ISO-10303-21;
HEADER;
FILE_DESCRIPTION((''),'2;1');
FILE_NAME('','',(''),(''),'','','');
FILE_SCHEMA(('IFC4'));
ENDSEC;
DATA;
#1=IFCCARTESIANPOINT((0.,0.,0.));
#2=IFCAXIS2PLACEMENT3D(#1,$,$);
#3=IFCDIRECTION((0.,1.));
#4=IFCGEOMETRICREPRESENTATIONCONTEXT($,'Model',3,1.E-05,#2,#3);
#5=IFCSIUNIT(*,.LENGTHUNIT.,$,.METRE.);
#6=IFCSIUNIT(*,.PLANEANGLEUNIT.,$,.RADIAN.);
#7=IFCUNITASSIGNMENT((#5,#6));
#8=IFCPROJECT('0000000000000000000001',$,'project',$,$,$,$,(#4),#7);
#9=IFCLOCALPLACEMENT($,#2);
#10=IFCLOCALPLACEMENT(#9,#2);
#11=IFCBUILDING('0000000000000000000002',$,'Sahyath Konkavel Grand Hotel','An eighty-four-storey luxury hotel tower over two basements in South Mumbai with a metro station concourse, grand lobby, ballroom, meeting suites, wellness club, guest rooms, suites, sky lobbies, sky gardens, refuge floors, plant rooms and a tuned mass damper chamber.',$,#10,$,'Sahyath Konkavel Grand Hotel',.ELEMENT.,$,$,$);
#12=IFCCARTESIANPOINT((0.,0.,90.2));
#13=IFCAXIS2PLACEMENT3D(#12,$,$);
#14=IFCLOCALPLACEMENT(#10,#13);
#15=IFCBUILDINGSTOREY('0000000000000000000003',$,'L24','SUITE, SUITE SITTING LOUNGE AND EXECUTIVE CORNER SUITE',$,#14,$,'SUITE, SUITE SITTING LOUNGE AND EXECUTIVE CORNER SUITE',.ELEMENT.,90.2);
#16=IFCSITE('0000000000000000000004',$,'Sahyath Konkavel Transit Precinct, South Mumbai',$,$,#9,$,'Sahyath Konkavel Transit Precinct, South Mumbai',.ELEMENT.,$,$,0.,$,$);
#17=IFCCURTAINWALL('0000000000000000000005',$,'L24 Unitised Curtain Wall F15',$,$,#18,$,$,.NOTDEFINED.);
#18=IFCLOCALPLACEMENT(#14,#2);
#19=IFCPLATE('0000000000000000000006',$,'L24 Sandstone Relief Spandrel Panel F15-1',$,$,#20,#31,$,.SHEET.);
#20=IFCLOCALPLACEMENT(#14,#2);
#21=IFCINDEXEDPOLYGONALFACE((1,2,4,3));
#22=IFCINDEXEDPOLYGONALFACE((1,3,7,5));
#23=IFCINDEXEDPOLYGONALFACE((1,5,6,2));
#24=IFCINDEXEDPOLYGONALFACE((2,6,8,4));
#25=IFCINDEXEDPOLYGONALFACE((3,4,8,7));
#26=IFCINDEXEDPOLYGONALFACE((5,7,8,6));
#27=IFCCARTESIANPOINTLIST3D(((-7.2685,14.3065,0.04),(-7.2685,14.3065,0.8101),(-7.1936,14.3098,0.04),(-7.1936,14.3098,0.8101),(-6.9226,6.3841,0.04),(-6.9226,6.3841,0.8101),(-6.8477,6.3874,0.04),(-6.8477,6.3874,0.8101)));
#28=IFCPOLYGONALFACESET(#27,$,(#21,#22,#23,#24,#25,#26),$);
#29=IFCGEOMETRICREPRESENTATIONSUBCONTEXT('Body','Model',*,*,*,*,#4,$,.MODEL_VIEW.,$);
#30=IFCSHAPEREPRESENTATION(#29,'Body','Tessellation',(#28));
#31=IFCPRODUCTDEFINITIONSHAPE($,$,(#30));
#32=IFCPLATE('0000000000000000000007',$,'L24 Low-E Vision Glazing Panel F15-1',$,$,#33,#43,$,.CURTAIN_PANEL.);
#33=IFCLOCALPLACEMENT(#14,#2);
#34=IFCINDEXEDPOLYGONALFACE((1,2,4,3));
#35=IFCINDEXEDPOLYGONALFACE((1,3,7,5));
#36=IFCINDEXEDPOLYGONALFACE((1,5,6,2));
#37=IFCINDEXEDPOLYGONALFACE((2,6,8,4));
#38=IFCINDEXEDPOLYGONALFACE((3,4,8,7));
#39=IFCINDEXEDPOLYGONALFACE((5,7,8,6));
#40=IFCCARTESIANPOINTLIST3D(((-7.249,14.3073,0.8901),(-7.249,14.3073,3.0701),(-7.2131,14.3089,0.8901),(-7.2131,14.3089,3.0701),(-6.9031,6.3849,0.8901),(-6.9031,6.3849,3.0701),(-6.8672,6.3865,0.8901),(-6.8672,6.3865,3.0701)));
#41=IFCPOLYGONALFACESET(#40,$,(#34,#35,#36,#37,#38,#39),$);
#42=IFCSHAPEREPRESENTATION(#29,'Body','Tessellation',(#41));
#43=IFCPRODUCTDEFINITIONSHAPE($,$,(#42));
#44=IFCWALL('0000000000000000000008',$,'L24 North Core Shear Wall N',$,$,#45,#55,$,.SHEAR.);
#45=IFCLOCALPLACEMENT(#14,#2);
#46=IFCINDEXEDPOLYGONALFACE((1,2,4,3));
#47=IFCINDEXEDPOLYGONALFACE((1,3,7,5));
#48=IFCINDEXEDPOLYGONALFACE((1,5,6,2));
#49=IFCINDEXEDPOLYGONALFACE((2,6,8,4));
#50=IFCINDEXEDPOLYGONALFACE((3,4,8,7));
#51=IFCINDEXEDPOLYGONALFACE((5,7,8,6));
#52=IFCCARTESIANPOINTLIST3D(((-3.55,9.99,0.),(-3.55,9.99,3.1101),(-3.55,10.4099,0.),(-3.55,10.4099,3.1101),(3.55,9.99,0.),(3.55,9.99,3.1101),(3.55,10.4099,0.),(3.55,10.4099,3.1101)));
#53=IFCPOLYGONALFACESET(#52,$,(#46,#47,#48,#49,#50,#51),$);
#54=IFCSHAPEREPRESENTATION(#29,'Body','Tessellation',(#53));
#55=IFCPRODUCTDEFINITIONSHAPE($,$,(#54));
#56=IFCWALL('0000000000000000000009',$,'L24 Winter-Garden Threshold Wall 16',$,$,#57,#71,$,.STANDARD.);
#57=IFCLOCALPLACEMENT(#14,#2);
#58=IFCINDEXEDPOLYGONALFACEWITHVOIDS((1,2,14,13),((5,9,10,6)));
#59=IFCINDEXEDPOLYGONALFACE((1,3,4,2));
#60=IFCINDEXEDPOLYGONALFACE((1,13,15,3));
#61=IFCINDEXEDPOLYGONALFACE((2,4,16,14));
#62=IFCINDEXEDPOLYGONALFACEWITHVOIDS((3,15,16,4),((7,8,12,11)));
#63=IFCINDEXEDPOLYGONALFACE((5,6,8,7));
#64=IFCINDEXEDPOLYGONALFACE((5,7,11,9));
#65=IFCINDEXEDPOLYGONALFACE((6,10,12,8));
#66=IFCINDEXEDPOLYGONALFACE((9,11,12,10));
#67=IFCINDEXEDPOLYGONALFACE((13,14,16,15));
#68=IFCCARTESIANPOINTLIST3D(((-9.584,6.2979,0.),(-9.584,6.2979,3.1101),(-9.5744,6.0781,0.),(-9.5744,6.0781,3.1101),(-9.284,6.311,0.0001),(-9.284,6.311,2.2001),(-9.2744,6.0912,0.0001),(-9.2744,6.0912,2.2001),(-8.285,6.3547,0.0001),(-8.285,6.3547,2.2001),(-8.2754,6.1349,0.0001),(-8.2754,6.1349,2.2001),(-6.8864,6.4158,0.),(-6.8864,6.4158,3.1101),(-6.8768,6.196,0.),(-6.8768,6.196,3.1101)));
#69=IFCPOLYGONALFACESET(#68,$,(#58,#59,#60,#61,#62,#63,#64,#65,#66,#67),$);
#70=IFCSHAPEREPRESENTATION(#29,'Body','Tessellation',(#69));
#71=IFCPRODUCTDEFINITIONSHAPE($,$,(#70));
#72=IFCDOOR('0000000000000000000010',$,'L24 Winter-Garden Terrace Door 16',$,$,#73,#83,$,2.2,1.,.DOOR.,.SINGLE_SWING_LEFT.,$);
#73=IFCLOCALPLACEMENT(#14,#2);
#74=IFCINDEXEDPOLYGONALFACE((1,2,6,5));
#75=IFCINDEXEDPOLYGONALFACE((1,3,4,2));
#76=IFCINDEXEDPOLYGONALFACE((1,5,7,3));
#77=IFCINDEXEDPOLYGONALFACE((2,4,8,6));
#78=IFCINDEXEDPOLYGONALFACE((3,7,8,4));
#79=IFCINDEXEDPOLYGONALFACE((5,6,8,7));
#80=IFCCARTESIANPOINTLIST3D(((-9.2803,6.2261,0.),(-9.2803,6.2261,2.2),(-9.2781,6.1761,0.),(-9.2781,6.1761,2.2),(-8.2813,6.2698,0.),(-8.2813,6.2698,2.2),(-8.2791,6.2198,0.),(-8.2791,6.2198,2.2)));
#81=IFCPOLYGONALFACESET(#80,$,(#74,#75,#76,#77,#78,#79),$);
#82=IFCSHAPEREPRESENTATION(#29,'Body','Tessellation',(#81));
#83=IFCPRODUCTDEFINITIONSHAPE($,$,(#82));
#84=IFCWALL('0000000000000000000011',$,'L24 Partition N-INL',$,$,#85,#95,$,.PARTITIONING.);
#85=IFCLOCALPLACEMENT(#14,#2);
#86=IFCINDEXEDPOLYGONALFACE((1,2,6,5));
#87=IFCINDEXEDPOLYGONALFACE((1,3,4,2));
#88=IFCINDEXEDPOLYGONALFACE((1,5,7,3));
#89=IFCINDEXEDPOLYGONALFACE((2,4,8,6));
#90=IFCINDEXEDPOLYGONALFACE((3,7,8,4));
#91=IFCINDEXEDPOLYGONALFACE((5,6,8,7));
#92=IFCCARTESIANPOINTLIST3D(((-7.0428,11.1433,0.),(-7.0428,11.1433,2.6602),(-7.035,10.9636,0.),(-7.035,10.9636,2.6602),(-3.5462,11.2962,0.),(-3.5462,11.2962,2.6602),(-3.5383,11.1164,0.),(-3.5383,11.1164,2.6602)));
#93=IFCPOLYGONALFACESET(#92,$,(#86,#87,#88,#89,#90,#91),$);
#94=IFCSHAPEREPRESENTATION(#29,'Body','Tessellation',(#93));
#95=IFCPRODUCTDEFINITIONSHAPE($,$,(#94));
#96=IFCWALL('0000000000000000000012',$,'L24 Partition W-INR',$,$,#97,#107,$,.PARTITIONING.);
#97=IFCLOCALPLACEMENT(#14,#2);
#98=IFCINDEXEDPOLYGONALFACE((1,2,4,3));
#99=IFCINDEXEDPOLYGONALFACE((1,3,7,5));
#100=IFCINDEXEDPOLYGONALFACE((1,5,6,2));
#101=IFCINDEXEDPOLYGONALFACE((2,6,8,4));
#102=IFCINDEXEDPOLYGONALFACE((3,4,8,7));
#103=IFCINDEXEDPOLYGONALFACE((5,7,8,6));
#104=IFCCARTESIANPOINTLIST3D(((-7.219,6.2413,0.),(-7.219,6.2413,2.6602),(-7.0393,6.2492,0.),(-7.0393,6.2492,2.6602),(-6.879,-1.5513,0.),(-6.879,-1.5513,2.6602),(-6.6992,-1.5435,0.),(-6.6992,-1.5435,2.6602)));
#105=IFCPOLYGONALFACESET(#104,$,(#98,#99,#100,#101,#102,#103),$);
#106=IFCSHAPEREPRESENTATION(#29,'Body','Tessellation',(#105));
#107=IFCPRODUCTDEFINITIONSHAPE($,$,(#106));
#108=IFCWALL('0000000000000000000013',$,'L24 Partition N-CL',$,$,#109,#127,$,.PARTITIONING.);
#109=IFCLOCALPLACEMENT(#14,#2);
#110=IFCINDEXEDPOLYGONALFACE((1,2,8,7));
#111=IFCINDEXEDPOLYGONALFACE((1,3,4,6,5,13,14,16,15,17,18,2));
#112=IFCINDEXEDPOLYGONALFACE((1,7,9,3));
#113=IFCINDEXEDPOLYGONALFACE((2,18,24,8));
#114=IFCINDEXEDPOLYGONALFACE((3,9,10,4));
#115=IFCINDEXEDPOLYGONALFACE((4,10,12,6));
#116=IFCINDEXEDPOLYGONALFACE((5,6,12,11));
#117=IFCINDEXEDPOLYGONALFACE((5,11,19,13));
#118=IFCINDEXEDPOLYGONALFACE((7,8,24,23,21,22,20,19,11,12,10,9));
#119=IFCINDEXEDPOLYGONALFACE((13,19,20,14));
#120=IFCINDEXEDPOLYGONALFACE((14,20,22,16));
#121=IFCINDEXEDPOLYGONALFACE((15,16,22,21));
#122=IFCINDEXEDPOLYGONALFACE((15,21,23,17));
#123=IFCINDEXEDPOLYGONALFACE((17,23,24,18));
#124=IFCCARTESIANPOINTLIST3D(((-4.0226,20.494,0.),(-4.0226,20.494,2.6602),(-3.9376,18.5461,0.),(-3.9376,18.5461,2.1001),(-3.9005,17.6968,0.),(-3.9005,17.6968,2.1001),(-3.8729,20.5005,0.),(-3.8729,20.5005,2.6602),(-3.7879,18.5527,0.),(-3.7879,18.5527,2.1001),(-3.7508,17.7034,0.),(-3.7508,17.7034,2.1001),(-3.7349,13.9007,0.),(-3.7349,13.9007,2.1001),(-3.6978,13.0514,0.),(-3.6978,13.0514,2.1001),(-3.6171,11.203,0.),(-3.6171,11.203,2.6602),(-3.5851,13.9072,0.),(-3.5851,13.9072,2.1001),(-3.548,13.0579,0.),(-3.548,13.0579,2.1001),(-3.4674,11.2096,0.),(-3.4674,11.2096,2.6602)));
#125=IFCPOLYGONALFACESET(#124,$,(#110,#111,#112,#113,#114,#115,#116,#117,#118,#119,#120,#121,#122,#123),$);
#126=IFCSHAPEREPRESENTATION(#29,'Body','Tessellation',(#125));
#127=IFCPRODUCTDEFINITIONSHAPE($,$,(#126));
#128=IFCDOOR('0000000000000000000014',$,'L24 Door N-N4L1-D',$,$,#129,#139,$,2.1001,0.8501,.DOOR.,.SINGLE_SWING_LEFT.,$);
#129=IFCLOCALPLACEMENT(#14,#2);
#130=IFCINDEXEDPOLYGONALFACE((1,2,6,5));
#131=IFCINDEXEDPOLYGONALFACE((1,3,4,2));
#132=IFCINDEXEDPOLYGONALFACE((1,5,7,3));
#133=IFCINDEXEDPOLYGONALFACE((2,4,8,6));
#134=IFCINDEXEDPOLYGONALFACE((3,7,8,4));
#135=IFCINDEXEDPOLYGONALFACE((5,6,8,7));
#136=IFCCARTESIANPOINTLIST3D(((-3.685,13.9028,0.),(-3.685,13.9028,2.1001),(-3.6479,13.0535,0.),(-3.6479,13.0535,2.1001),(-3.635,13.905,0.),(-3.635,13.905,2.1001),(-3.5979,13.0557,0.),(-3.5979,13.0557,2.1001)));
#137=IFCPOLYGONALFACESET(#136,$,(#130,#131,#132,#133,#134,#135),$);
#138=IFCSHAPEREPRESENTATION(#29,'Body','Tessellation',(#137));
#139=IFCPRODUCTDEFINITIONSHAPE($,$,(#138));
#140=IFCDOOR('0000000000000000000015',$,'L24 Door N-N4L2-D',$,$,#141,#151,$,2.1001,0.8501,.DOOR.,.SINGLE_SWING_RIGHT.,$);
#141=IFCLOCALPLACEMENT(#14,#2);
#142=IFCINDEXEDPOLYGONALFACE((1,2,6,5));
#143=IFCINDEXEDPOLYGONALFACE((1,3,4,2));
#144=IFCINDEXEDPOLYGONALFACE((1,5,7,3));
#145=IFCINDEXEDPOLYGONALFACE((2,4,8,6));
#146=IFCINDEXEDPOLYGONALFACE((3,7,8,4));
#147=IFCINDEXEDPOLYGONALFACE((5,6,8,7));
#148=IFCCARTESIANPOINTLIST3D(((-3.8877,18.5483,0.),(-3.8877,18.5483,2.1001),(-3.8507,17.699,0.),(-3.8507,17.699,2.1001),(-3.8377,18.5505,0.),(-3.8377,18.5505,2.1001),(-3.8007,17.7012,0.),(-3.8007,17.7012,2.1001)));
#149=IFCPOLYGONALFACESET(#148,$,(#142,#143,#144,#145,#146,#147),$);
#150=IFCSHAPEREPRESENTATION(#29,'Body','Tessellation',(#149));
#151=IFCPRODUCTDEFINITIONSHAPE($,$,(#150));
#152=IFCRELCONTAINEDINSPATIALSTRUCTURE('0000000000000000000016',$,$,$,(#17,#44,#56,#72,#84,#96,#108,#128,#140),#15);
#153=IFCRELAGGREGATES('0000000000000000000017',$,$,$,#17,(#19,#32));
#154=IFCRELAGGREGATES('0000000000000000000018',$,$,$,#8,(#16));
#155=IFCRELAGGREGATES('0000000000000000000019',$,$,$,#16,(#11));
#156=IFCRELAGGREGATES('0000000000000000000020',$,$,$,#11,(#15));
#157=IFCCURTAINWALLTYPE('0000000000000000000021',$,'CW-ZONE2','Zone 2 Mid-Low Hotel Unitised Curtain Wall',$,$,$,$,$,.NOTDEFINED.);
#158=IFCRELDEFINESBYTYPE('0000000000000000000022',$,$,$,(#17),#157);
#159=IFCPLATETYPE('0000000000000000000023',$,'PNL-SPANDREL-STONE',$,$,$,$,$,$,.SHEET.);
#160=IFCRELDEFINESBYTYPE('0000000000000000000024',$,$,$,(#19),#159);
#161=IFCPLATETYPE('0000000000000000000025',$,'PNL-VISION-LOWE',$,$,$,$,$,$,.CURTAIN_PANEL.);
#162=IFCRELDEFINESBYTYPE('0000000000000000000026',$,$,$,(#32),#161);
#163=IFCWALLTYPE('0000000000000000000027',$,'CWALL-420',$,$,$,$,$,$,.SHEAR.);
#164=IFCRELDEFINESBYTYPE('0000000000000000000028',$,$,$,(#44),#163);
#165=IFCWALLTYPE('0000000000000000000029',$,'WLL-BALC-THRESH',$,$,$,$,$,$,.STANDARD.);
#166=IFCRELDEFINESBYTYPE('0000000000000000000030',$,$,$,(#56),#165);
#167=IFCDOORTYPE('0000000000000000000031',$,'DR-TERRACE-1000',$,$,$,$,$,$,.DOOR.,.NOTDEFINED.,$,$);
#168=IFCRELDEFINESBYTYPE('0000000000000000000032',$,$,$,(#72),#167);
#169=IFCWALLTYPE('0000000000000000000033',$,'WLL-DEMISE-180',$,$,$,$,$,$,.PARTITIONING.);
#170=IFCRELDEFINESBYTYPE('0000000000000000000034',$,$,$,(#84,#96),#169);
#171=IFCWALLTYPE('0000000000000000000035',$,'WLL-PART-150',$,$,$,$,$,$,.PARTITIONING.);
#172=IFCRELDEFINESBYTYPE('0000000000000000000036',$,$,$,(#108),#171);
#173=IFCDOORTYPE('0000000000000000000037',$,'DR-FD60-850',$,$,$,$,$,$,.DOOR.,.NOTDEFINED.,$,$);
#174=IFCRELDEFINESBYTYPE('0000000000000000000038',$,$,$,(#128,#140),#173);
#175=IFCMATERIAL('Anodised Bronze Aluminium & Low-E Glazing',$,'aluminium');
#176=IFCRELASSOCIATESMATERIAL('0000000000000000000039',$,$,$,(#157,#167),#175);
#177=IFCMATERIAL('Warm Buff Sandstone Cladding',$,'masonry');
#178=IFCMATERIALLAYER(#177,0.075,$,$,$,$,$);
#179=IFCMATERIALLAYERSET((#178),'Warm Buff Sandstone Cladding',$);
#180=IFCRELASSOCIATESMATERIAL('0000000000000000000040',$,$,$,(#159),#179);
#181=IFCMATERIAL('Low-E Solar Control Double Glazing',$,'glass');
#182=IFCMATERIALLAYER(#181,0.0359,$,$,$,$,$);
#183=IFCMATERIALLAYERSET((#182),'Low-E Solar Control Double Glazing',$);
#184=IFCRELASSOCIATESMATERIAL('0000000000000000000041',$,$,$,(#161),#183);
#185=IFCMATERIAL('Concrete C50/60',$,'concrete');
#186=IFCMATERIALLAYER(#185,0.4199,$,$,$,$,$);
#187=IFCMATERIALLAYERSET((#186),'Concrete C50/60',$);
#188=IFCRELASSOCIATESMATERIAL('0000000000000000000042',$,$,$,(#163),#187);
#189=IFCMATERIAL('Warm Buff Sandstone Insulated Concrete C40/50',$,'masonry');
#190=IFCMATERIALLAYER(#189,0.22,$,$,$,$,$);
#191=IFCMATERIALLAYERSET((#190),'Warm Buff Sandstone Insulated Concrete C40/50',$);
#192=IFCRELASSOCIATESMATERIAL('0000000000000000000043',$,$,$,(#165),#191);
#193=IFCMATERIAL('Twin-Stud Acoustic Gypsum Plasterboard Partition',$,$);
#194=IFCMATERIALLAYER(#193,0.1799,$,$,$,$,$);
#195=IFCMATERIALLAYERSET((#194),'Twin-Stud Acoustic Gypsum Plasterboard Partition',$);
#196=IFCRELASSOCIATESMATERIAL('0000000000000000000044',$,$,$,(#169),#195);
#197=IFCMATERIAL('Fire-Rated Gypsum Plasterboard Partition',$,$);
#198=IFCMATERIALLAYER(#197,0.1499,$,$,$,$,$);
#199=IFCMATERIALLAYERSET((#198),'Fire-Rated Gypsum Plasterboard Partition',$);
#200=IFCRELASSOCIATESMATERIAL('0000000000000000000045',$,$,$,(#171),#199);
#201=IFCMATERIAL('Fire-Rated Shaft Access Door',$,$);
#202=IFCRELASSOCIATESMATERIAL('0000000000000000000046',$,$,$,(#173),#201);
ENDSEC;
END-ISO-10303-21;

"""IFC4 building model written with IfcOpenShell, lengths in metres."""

from ifc_helpers import new_model, si_unit, direction, frame, frame_2d, origin, origin_2d, place, context, subcontext, project, spatial, rectangle, extrude, source, transform, mapped, material, layer, layer_set, type_object, element, fill, aggregate, save


model = new_model("IFC4")

# Units and contexts
model_context = context("Model", 3, precision=1e-05, world=origin(), true_north=direction((0.0, 1.0)))
body_context = subcontext(model_context, "Body", "Model", "MODEL_VIEW")
ifc_project = project(units=[si_unit("LENGTHUNIT", "METRE"), si_unit("PLANEANGLEUNIT", "RADIAN")], contexts=[model_context])

# Site, building, storey
site_placement = place(None, origin())
site = spatial("IfcSite", under=ifc_project, at=site_placement, Name="Sahyath Konkavel Transit Precinct, South Mumbai", LongName="Sahyath Konkavel Transit Precinct, South Mumbai", CompositionType="ELEMENT", RefElevation=0.0)
building_placement = place(site_placement, origin())
building = spatial("IfcBuilding", under=site, at=building_placement, Name="Sahyath Konkavel Grand Hotel", Description="An eighty-four-storey luxury hotel tower over two basements in South Mumbai with a metro station concourse, grand lobby, ballroom, meeting suites, wellness club, guest rooms, suites, sky lobbies, sky gardens, refuge floors, plant rooms and a tuned mass damper chamber.", LongName="Sahyath Konkavel Grand Hotel", CompositionType="ELEMENT")
storey_placement = place(building_placement, frame((0.0, 0.0, 90.2)))
storey = spatial("IfcBuildingStorey", under=building, at=storey_placement, Name="L24", Description="SUITE, SUITE SITTING LOUNGE AND EXECUTIVE CORNER SUITE", LongName="SUITE, SUITE SITTING LOUNGE AND EXECUTIVE CORNER SUITE", CompositionType="ELEMENT", Elevation=90.2)

# Curtain wall
ifc_material_1 = material(Name="Anodised Bronze Aluminium & Low-E Glazing", Category="aluminium")
curtain_wall_type = type_object("IfcCurtainWallType", Name="CW-ZONE2", Description="Zone 2 Mid-Low Hotel Unitised Curtain Wall", PredefinedType="NOTDEFINED", material=ifc_material_1)
curtain_wall_1_placement = place(storey_placement, origin())
curtain_wall_1 = element("IfcCurtainWall", 1, at=curtain_wall_1_placement, inside=storey, type_object=curtain_wall_type, Name="L24 Unitised Curtain Wall F15", PredefinedType="NOTDEFINED")

# Plates
ifc_material_2 = material(Name="Warm Buff Sandstone Cladding", Category="masonry")
ifc_layer_1 = layer(ifc_material_2, 0.075)
ifc_layer_set_1 = layer_set([ifc_layer_1], Name="Warm Buff Sandstone Cladding")
plate_type_1 = type_object("IfcPlateType", Name="PNL-SPANDREL-STONE", PredefinedType="SHEET", material=ifc_layer_set_1)
shared_shape_1 = source(origin(), body_context, "Body", "SweptSolid", [
    extrude(rectangle(XDim=7.9299, YDim=0.075, at=origin_2d()), origin(), (0.0, 0.0, 1.0), 0.77),
])
plate_1_placement = place(storey_placement, frame((-7.0581, 10.3469, 0.04), z_axis=(0.0, 0.0, 1.0), x_axis=(0.043619, -0.999048, 0.0)))
plate_1 = element("IfcPlate", 2, at=plate_1_placement, type_object=plate_type_1, Name="L24 Sandstone Relief Spandrel Panel F15-1", PredefinedType="SHEET", context=body_context, shape_type="MappedRepresentation", body=[
    mapped(shared_shape_1, transform((0.0, 0.0, 0.0), scale=1.0)),
])
ifc_material_3 = material(Name="Low-E Solar Control Double Glazing", Category="glass")
ifc_layer_2 = layer(ifc_material_3, 0.0359)
ifc_layer_set_2 = layer_set([ifc_layer_2], Name="Low-E Solar Control Double Glazing")
plate_type_2 = type_object("IfcPlateType", Name="PNL-VISION-LOWE", PredefinedType="CURTAIN_PANEL", material=ifc_layer_set_2)
shared_shape_2 = source(origin(), body_context, "Body", "SweptSolid", [
    extrude(rectangle(XDim=7.9299, YDim=0.0359, at=origin_2d()), origin(), (0.0, 0.0, 1.0), 2.1799),
])
plate_2_placement = place(storey_placement, frame((-7.0581, 10.3469, 0.8901), z_axis=(0.0, 0.0, 1.0), x_axis=(0.043619, -0.999048, 0.0)))
plate_2 = element("IfcPlate", 3, at=plate_2_placement, type_object=plate_type_2, Name="L24 Low-E Vision Glazing Panel F15-1", PredefinedType="CURTAIN_PANEL", context=body_context, shape_type="MappedRepresentation", body=[
    mapped(shared_shape_2, transform((0.0, 0.0, 0.0), scale=1.0)),
])
aggregate(curtain_wall_1, [plate_1, plate_2])

# Wall
ifc_material_4 = material(Name="Concrete C50/60", Category="concrete")
ifc_layer_3 = layer(ifc_material_4, 0.4199)
ifc_layer_set_3 = layer_set([ifc_layer_3], Name="Concrete C50/60")
wall_type_1 = type_object("IfcWallType", Name="CWALL-420", PredefinedType="SHEAR", material=ifc_layer_set_3)
wall_1_placement = place(storey_placement, frame((-3.55, 10.2, 0.0), z_axis=(0.0, 0.0, 1.0), x_axis=(1.0, 0.0, 0.0)))
element("IfcWall", 4, at=wall_1_placement, inside=storey, type_object=wall_type_1, Name="L24 North Core Shear Wall N", PredefinedType="SHEAR", context=body_context, shape_type="SweptSolid", body=[
    extrude(rectangle(XDim=7.1001, YDim=0.4199, at=frame_2d((3.55, 0.0))), origin(), (0.0, 0.0, 1.0), 3.1101),
])

# Wall, opening, door
ifc_material_5 = material(Name="Warm Buff Sandstone Insulated Concrete C40/50", Category="masonry")
ifc_layer_4 = layer(ifc_material_5, 0.22)
ifc_layer_set_4 = layer_set([ifc_layer_4], Name="Warm Buff Sandstone Insulated Concrete C40/50")
wall_type_2 = type_object("IfcWallType", Name="WLL-BALC-THRESH", PredefinedType="STANDARD", material=ifc_layer_set_4)
wall_2_placement = place(storey_placement, frame((-6.8816, 6.3059, 0.0), z_axis=(0.0, 0.0, 1.0), x_axis=(-0.999046, -0.043673, 0.0)))
wall_2 = element("IfcWall", 5, at=wall_2_placement, inside=storey, type_object=wall_type_2, Name="L24 Winter-Garden Threshold Wall 16", PredefinedType="STANDARD", context=body_context, shape_type="SweptSolid", body=[
    extrude(rectangle(XDim=2.7002, YDim=0.22, at=frame_2d((1.3501, 0.0))), origin(), (0.0, 0.0, 1.0), 3.1101),
])
opening_1_placement = place(wall_2_placement, frame((1.3999, 0.0, 0.0)))
opening_1 = element("IfcOpeningElement", 6, at=opening_1_placement, cuts=wall_2, PredefinedType="OPENING", context=body_context, shape_type="SweptSolid", body=[
    extrude(rectangle(XDim=1.0, YDim=2.2, at=frame_2d((0.5, 1.1001))), frame((0.0, 0.1201, 0.0), z_axis=(0.0, -1.0, 0.0), x_axis=(1.0, 0.0, 0.0)), (0.0, 0.0, 1.0), 0.24),
])
door_type_1 = type_object("IfcDoorType", Name="DR-TERRACE-1000", OperationType="NOTDEFINED", PredefinedType="DOOR", material=ifc_material_1)
shared_shape_3 = source(origin(), body_context, "Body", "SweptSolid", [
    extrude(rectangle(XDim=1.0, YDim=0.05, at=origin_2d()), origin(), (0.0, 0.0, 1.0), 2.2),
])
door_1_placement = place(opening_1_placement, frame((0.5, 0.0, 0.0)))
door_1 = element("IfcDoor", 7, at=door_1_placement, inside=storey, type_object=door_type_1, Name="L24 Winter-Garden Terrace Door 16", OperationType="SINGLE_SWING_LEFT", OverallHeight=2.2, OverallWidth=1.0, PredefinedType="DOOR", context=body_context, shape_type="MappedRepresentation", body=[
    mapped(shared_shape_3, transform((0.0, 0.0, 0.0), scale=1.0)),
])
fill(opening_1, door_1)

# Walls
ifc_material_6 = material(Name="Twin-Stud Acoustic Gypsum Plasterboard Partition")
ifc_layer_5 = layer(ifc_material_6, 0.1799)
ifc_layer_set_5 = layer_set([ifc_layer_5], Name="Twin-Stud Acoustic Gypsum Plasterboard Partition")
wall_type_3 = type_object("IfcWallType", Name="WLL-DEMISE-180", PredefinedType="PARTITIONING", material=ifc_layer_set_5)
wall_3_placement = place(storey_placement, frame((-3.5422, 11.2063, 0.0), z_axis=(0.0, 0.0, 1.0), x_axis=(-0.999046, -0.043667, 0.0)))
element("IfcWall", 8, at=wall_3_placement, inside=storey, type_object=wall_type_3, Name="L24 Partition N-INL", PredefinedType="PARTITIONING", context=body_context, shape_type="SweptSolid", body=[
    extrude(rectangle(XDim=3.5, YDim=0.1799, at=frame_2d((1.75, 0.0))), origin(), (0.0, 0.0, 1.0), 2.6602),
])
wall_4_placement = place(storey_placement, frame((-7.1292, 6.2451, 0.0), z_axis=(0.0, 0.0, 1.0), x_axis=(0.0436, -0.999049, 0.0)))
element("IfcWall", 9, at=wall_4_placement, inside=storey, type_object=wall_type_3, Name="L24 Partition W-INR", PredefinedType="PARTITIONING", context=body_context, shape_type="SweptSolid", body=[
    extrude(rectangle(XDim=7.8, YDim=0.1799, at=frame_2d((3.8999, 0.0))), origin(), (0.0, 0.0, 1.0), 2.6602),
])

# Wall, openings, doors
ifc_material_7 = material(Name="Fire-Rated Gypsum Plasterboard Partition")
ifc_layer_6 = layer(ifc_material_7, 0.1499)
ifc_layer_set_6 = layer_set([ifc_layer_6], Name="Fire-Rated Gypsum Plasterboard Partition")
wall_type_4 = type_object("IfcWallType", Name="WLL-PART-150", PredefinedType="PARTITIONING", material=ifc_layer_set_6)
wall_5_placement = place(storey_placement, frame((-3.5422, 11.2063, 0.0), z_axis=(0.0, 0.0, 1.0), x_axis=(-0.043605, 0.999049, 0.0)))
wall_5 = element("IfcWall", 10, at=wall_5_placement, inside=storey, type_object=wall_type_4, Name="L24 Partition N-CL", PredefinedType="PARTITIONING", context=body_context, shape_type="SweptSolid", body=[
    extrude(rectangle(XDim=9.2998, YDim=0.1499, at=frame_2d((4.6499, 0.0))), origin(), (0.0, 0.0, 1.0), 2.6602),
])
opening_2_placement = place(wall_5_placement, frame((1.8501, 0.0, 0.0)))
opening_2 = element("IfcOpeningElement", 11, at=opening_2_placement, cuts=wall_5, PredefinedType="OPENING", context=body_context, shape_type="SweptSolid", body=[
    extrude(rectangle(XDim=0.8501, YDim=2.1001, at=frame_2d((0.425, 1.05))), frame((0.0, 0.085, 0.0), z_axis=(0.0, -1.0, 0.0), x_axis=(1.0, 0.0, 0.0)), (0.0, 0.0, 1.0), 0.1699),
])
opening_3_placement = place(wall_5_placement, frame((6.5, 0.0, 0.0)))
opening_3 = element("IfcOpeningElement", 12, at=opening_3_placement, cuts=wall_5, PredefinedType="OPENING", context=body_context, shape_type="SweptSolid", body=[
    extrude(rectangle(XDim=0.8501, YDim=2.1001, at=frame_2d((0.425, 1.05))), frame((0.0, 0.085, 0.0), z_axis=(0.0, -1.0, 0.0), x_axis=(1.0, 0.0, 0.0)), (0.0, 0.0, 1.0), 0.1699),
])
ifc_material_8 = material(Name="Fire-Rated Shaft Access Door")
door_type_2 = type_object("IfcDoorType", Name="DR-FD60-850", OperationType="NOTDEFINED", PredefinedType="DOOR", material=ifc_material_8)
shared_shape_4 = source(origin(), body_context, "Body", "SweptSolid", [
    extrude(rectangle(XDim=0.8501, YDim=0.05, at=origin_2d()), origin(), (0.0, 0.0, 1.0), 2.1001),
])
door_2_placement = place(opening_2_placement, frame((0.425, 0.0, 0.0)))
door_2 = element("IfcDoor", 13, at=door_2_placement, inside=storey, type_object=door_type_2, Name="L24 Door N-N4L1-D", OperationType="SINGLE_SWING_LEFT", OverallHeight=2.1001, OverallWidth=0.8501, PredefinedType="DOOR", context=body_context, shape_type="MappedRepresentation", body=[
    mapped(shared_shape_4, transform((0.0, 0.0, 0.0), scale=1.0)),
])
fill(opening_2, door_2)
door_3_placement = place(opening_3_placement, frame((0.425, 0.0, 0.0)))
door_3 = element("IfcDoor", 14, at=door_3_placement, inside=storey, type_object=door_type_2, Name="L24 Door N-N4L2-D", OperationType="SINGLE_SWING_RIGHT", OverallHeight=2.1001, OverallWidth=0.8501, PredefinedType="DOOR", context=body_context, shape_type="MappedRepresentation", body=[
    mapped(shared_shape_4, transform((0.0, 0.0, 0.0), scale=1.0)),
])
fill(opening_3, door_3)

save(model, "model.ifc")
